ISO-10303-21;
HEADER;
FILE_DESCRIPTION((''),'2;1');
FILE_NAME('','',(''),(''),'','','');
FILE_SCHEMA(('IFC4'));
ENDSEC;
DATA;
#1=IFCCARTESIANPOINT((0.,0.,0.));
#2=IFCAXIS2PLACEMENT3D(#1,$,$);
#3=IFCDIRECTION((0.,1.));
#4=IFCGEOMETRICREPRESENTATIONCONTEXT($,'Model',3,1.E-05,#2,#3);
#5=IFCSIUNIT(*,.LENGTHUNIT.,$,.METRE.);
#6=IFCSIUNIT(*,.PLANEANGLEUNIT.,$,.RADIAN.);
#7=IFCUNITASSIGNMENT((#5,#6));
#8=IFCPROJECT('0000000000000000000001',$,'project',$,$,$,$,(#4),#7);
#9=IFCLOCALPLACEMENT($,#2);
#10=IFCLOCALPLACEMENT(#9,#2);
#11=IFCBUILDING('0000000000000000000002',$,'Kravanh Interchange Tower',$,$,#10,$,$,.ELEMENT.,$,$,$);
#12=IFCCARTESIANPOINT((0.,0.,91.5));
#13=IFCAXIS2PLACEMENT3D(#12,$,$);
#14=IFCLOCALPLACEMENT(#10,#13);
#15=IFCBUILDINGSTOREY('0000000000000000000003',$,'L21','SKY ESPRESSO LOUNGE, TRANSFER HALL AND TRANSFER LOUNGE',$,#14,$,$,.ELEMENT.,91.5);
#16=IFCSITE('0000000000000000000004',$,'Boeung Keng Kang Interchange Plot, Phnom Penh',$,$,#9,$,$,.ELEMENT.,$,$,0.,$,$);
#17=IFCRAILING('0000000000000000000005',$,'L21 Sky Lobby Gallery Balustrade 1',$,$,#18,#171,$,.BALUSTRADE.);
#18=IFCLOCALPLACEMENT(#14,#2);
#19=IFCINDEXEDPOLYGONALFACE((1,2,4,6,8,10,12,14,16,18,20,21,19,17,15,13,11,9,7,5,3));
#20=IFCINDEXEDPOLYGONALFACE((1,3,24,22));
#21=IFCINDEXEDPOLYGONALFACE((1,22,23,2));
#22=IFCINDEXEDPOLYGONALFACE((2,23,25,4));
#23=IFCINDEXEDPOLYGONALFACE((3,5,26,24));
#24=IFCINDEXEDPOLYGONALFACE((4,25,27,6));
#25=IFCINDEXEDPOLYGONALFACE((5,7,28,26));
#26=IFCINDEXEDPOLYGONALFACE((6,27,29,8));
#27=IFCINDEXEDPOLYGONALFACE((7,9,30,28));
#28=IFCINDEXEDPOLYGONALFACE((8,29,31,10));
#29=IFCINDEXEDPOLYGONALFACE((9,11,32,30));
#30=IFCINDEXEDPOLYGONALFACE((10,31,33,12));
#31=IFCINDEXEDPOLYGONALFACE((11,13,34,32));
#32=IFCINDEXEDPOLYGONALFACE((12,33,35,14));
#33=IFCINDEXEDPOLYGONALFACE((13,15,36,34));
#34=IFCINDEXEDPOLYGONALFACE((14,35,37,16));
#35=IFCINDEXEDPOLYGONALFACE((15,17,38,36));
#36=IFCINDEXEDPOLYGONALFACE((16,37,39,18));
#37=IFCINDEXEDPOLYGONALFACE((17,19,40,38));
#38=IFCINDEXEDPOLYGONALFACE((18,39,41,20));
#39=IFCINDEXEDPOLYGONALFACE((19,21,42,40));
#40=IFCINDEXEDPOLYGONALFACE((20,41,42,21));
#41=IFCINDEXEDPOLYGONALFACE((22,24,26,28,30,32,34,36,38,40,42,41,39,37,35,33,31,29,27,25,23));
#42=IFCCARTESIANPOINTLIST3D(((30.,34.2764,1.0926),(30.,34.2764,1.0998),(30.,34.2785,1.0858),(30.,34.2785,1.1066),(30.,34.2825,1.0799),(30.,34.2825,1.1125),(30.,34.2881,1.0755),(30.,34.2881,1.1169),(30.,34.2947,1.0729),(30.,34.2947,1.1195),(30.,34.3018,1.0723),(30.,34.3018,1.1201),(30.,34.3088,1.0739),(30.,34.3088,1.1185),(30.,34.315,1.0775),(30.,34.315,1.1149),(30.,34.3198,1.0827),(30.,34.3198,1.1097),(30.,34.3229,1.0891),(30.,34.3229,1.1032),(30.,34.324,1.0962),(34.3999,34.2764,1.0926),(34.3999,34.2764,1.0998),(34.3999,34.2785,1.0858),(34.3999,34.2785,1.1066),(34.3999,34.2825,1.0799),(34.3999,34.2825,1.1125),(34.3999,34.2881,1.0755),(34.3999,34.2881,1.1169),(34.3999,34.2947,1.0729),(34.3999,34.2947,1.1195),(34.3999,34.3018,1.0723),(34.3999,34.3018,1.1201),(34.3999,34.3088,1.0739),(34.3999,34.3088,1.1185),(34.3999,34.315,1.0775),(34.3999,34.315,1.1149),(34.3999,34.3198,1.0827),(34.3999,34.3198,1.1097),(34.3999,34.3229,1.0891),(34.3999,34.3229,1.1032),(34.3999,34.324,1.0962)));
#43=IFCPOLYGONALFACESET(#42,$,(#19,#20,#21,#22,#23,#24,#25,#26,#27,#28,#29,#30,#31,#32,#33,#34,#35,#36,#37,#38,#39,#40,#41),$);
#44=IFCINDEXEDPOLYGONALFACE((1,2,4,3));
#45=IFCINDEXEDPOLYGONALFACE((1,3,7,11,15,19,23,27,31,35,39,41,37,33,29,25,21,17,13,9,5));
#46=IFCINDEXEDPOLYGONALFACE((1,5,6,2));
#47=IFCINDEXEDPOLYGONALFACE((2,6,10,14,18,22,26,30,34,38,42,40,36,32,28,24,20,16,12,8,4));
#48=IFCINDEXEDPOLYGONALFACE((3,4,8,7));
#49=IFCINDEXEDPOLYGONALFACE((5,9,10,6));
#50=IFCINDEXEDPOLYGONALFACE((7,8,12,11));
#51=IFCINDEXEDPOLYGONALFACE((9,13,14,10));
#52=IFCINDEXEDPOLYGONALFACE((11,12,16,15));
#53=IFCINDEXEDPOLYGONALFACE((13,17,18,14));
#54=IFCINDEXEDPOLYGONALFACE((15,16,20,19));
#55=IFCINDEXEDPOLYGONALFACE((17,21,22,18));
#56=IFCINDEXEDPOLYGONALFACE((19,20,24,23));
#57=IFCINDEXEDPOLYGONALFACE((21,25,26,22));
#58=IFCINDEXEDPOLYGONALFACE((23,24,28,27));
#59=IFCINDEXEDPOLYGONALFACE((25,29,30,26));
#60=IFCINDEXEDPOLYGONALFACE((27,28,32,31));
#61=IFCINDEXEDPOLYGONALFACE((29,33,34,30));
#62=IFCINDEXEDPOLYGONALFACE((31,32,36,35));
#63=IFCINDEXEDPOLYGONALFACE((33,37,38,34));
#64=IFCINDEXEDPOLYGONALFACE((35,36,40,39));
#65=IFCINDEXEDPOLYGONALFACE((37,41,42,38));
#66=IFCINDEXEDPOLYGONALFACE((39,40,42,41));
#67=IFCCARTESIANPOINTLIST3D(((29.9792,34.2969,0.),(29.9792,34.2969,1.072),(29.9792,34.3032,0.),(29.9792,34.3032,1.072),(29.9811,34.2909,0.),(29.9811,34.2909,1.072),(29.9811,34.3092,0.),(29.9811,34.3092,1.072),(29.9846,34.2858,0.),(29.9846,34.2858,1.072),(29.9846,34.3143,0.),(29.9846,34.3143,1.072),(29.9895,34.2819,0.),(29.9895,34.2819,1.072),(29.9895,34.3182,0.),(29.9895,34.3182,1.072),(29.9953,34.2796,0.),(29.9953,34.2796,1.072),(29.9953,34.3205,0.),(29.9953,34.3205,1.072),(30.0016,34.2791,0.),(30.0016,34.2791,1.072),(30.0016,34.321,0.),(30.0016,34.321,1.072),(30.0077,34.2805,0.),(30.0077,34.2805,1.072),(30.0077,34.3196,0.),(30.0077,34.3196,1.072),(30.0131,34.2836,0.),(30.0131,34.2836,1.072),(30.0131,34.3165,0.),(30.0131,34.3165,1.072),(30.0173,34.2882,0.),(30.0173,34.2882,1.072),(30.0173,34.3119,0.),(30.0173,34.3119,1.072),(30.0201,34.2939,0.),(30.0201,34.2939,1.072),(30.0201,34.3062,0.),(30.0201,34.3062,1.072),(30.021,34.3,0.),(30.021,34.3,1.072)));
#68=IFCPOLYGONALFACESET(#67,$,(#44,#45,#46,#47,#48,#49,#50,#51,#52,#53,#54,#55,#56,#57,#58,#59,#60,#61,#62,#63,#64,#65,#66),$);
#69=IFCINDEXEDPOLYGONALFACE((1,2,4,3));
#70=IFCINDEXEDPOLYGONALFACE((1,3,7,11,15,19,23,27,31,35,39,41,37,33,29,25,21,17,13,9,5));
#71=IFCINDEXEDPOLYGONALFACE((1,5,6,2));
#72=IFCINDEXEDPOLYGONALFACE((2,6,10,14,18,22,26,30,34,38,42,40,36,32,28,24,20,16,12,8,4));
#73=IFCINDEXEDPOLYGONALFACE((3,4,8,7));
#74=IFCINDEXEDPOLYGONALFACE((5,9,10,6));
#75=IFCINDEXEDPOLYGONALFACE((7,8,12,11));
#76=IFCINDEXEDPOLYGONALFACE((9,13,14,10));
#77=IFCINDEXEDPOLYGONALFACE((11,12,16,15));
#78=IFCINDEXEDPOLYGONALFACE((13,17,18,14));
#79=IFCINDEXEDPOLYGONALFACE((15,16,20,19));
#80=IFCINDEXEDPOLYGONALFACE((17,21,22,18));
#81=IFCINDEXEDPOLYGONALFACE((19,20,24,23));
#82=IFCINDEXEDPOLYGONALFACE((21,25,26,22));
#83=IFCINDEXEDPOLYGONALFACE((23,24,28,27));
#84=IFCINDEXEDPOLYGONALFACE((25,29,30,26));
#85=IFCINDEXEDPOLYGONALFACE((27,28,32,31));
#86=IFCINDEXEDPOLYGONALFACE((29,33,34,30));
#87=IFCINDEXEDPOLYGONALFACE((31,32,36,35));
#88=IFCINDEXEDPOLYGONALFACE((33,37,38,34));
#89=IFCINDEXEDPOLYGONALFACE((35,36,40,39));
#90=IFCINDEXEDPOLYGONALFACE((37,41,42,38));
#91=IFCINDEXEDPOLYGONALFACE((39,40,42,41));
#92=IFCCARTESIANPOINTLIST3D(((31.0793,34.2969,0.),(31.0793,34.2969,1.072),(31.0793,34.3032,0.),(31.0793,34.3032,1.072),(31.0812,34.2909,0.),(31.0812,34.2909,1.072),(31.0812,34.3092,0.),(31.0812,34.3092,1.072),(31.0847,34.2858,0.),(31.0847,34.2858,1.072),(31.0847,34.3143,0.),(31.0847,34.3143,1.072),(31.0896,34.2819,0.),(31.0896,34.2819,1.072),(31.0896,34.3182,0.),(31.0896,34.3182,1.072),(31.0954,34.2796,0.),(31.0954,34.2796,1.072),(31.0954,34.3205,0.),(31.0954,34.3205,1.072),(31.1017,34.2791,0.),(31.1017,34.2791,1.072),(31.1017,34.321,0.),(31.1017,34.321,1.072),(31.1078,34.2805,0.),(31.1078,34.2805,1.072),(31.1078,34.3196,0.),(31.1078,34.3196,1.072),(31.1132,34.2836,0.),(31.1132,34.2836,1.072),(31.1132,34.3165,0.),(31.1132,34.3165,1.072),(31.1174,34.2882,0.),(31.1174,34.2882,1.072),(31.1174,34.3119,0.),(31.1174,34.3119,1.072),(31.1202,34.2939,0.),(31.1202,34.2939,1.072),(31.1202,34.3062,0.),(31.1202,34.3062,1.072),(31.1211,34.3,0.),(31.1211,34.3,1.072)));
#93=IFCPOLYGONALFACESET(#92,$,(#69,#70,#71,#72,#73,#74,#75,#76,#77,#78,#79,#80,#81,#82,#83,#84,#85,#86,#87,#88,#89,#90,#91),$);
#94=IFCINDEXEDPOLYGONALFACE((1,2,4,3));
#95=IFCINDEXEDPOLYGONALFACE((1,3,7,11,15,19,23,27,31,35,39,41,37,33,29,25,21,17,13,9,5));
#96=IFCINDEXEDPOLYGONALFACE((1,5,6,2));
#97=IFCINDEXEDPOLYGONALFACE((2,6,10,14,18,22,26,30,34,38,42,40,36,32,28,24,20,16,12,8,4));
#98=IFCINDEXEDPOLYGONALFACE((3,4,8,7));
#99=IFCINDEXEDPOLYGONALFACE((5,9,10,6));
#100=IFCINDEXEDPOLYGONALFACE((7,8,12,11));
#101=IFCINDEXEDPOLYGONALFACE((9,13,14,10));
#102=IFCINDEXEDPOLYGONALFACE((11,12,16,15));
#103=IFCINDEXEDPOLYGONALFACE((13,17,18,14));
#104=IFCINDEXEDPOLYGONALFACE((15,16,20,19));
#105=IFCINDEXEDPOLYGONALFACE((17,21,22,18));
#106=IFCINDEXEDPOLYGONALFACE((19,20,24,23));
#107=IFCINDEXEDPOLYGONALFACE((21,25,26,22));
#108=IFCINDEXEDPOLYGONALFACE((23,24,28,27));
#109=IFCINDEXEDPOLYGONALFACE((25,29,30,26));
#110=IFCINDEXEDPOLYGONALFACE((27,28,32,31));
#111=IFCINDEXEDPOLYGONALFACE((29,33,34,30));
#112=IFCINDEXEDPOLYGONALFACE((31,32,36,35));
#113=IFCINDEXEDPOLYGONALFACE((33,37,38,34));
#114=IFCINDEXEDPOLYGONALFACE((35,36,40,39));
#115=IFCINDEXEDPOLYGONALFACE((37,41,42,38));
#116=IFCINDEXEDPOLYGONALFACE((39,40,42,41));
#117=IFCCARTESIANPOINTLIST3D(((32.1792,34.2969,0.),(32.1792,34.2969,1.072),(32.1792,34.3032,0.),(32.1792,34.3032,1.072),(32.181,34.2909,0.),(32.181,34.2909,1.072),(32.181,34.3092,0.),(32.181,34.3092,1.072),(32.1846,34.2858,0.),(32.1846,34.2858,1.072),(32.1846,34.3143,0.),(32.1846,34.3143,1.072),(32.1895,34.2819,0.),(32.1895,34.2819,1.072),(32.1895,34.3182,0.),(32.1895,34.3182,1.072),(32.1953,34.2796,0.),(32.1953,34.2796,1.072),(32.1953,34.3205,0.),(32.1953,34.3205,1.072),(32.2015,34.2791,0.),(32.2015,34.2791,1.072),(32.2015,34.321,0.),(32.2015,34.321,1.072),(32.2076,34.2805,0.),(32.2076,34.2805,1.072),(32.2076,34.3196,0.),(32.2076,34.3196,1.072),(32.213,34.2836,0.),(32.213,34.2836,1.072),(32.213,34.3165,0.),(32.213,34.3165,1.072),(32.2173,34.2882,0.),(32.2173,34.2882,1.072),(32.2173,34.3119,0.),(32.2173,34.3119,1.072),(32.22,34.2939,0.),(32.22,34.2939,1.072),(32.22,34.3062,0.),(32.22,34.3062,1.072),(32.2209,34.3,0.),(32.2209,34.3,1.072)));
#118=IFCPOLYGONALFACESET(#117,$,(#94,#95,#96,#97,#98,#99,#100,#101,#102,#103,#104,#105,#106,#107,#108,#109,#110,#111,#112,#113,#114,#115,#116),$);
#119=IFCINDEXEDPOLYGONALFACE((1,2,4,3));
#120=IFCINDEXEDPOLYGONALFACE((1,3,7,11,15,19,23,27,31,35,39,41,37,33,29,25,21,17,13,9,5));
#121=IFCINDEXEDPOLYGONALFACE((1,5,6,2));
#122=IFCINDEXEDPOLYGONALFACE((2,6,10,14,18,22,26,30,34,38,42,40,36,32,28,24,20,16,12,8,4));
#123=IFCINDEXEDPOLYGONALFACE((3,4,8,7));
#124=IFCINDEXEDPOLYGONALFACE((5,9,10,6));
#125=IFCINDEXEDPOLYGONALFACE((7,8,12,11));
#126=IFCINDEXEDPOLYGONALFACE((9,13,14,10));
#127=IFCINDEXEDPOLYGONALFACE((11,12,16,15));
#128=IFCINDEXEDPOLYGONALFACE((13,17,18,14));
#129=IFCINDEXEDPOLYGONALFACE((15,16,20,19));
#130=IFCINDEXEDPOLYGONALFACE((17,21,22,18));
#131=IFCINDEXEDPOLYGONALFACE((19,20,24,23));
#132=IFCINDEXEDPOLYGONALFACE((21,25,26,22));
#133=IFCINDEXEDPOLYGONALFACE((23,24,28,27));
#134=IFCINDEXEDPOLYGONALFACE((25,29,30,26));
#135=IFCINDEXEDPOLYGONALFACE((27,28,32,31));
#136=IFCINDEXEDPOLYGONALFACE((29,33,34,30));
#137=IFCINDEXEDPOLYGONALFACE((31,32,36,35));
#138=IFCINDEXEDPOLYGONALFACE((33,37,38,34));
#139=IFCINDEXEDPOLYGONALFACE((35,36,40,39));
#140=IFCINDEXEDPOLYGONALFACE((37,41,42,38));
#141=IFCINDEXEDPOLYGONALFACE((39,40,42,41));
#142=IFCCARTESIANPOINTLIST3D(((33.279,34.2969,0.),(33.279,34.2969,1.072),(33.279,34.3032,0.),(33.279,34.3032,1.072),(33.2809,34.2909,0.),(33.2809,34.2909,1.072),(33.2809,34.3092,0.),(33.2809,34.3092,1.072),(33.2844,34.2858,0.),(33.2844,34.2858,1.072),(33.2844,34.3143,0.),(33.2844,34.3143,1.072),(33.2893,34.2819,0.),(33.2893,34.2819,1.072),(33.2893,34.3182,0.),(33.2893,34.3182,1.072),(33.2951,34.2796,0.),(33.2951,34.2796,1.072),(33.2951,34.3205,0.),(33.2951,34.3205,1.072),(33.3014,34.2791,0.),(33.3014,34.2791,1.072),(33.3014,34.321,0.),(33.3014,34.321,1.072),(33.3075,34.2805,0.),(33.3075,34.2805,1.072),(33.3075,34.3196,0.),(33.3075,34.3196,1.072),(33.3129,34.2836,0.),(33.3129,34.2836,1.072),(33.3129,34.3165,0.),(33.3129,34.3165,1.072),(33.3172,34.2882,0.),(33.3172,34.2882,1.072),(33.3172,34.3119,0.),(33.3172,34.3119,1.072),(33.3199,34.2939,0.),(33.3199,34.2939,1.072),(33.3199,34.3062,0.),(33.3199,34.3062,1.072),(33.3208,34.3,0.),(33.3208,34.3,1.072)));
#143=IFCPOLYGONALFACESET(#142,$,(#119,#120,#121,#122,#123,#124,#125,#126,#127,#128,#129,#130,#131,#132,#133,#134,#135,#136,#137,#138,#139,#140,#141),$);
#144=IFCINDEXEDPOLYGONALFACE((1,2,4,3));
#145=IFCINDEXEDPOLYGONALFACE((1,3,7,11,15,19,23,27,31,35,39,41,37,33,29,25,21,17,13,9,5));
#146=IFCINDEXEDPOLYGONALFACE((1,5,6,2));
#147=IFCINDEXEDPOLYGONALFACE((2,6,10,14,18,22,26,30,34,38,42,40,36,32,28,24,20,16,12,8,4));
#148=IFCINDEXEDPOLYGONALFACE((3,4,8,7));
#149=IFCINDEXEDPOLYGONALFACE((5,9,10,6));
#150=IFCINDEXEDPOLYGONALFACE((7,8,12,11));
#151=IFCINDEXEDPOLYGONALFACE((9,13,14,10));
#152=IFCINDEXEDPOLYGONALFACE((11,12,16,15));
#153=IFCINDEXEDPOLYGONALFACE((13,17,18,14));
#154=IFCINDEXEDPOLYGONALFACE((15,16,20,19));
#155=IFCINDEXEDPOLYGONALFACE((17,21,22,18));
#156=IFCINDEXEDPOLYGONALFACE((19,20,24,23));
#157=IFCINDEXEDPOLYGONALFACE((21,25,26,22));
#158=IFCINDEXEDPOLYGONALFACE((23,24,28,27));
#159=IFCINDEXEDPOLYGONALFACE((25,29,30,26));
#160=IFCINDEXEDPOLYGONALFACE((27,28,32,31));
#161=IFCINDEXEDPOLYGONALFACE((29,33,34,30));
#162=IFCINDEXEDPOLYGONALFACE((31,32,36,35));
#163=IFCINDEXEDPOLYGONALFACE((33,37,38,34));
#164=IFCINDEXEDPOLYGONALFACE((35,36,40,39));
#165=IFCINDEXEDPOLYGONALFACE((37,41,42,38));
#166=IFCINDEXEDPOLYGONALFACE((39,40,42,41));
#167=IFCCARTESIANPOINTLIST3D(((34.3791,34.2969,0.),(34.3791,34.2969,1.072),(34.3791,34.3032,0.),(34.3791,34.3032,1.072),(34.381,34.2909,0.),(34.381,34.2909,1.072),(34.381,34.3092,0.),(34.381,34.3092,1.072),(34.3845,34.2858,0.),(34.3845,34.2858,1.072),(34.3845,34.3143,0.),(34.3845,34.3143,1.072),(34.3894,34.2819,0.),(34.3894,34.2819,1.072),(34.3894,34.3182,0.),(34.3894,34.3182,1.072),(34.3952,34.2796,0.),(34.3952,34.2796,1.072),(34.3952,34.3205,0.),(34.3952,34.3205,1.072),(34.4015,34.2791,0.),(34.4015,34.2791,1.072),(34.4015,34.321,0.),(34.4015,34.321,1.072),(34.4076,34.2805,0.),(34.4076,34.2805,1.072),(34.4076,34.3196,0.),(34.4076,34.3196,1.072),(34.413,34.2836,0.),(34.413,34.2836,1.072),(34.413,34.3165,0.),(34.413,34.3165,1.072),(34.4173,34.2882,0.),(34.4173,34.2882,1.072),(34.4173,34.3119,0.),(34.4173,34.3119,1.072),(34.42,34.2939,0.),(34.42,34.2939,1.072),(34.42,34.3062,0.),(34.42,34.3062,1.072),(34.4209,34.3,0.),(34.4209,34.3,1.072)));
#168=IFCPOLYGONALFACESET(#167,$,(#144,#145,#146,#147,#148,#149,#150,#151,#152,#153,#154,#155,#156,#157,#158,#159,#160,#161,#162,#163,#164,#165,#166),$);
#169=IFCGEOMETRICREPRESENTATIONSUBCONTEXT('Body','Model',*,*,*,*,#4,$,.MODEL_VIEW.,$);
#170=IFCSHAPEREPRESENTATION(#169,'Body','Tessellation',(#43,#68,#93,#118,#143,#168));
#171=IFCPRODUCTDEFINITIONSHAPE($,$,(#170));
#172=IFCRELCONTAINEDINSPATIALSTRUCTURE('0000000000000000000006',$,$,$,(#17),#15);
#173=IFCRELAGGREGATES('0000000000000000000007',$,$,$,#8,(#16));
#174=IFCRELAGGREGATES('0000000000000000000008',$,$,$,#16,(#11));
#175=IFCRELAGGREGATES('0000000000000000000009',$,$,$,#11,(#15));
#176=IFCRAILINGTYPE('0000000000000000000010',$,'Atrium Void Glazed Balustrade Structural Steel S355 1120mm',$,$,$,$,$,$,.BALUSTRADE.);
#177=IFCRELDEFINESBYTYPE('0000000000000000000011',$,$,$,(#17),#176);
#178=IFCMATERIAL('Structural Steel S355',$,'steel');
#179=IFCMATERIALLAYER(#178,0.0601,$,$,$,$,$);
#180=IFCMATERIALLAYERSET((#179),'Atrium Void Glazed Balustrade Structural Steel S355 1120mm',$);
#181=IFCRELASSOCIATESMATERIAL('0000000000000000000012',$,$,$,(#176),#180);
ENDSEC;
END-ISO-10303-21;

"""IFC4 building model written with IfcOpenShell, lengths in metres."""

from ifc_helpers import new_model, si_unit, direction, frame, origin, origin_2d, place, context, subcontext, project, spatial, circle, extrude, material, layer, layer_set, type_object, element, save


model = new_model("IFC4")

# Units and contexts
model_context = context("Model", 3, precision=1e-05, world=origin(), true_north=direction((0.0, 1.0)))
body_context = subcontext(model_context, "Body", "Model", "MODEL_VIEW")
ifc_project = project(units=[si_unit("LENGTHUNIT", "METRE"), si_unit("PLANEANGLEUNIT", "RADIAN")], contexts=[model_context])

# Site, building, storey
site_placement = place(None, origin())
site = spatial("IfcSite", under=ifc_project, at=site_placement, Name="Boeung Keng Kang Interchange Plot, Phnom Penh", CompositionType="ELEMENT", RefElevation=0.0)
building_placement = place(site_placement, origin())
building = spatial("IfcBuilding", under=site, at=building_placement, Name="Kravanh Interchange Tower", CompositionType="ELEMENT")
storey_placement = place(building_placement, frame((0.0, 0.0, 91.5)))
storey = spatial("IfcBuildingStorey", under=building, at=storey_placement, Name="L21", Description="SKY ESPRESSO LOUNGE, TRANSFER HALL AND TRANSFER LOUNGE", CompositionType="ELEMENT", Elevation=91.5)

# Railing
ifc_material_1 = material(Name="Structural Steel S355", Category="steel")
ifc_layer = layer(ifc_material_1, 0.0601)
ifc_layer_set = layer_set([ifc_layer], Name="Atrium Void Glazed Balustrade Structural Steel S355 1120mm")
railing_type = type_object("IfcRailingType", Name="Atrium Void Glazed Balustrade Structural Steel S355 1120mm", PredefinedType="BALUSTRADE", material=ifc_layer_set)
railing_placement = place(storey_placement, frame((30.0, 34.3, 0.0)))
element("IfcRailing", 1, at=railing_placement, inside=storey, type_object=railing_type, Name="L21 Sky Lobby Gallery Balustrade 1", PredefinedType="BALUSTRADE", context=body_context, shape_type="SweptSolid", body=[
    extrude(circle(Radius=0.0239, at=origin_2d()), frame((0.0, 0.0, 1.0962), z_axis=(1.0, 0.0, 0.0), x_axis=(0.0, 1.0, 0.0)), (0.0, 0.0, 1.0), 4.3999),
    extrude(circle(Radius=0.021, at=origin_2d()), origin(), (0.0, 0.0, 1.0), 1.072),
    extrude(circle(Radius=0.021, at=origin_2d()), frame((1.1001, 0.0, 0.0)), (0.0, 0.0, 1.0), 1.072),
    extrude(circle(Radius=0.021, at=origin_2d()), frame((2.2, 0.0, 0.0)), (0.0, 0.0, 1.0), 1.072),
    extrude(circle(Radius=0.021, at=origin_2d()), frame((3.2998, 0.0, 0.0)), (0.0, 0.0, 1.0), 1.072),
    extrude(circle(Radius=0.021, at=origin_2d()), frame((4.3999, 0.0, 0.0)), (0.0, 0.0, 1.0), 1.072),
])

save(model, "model.ifc")
